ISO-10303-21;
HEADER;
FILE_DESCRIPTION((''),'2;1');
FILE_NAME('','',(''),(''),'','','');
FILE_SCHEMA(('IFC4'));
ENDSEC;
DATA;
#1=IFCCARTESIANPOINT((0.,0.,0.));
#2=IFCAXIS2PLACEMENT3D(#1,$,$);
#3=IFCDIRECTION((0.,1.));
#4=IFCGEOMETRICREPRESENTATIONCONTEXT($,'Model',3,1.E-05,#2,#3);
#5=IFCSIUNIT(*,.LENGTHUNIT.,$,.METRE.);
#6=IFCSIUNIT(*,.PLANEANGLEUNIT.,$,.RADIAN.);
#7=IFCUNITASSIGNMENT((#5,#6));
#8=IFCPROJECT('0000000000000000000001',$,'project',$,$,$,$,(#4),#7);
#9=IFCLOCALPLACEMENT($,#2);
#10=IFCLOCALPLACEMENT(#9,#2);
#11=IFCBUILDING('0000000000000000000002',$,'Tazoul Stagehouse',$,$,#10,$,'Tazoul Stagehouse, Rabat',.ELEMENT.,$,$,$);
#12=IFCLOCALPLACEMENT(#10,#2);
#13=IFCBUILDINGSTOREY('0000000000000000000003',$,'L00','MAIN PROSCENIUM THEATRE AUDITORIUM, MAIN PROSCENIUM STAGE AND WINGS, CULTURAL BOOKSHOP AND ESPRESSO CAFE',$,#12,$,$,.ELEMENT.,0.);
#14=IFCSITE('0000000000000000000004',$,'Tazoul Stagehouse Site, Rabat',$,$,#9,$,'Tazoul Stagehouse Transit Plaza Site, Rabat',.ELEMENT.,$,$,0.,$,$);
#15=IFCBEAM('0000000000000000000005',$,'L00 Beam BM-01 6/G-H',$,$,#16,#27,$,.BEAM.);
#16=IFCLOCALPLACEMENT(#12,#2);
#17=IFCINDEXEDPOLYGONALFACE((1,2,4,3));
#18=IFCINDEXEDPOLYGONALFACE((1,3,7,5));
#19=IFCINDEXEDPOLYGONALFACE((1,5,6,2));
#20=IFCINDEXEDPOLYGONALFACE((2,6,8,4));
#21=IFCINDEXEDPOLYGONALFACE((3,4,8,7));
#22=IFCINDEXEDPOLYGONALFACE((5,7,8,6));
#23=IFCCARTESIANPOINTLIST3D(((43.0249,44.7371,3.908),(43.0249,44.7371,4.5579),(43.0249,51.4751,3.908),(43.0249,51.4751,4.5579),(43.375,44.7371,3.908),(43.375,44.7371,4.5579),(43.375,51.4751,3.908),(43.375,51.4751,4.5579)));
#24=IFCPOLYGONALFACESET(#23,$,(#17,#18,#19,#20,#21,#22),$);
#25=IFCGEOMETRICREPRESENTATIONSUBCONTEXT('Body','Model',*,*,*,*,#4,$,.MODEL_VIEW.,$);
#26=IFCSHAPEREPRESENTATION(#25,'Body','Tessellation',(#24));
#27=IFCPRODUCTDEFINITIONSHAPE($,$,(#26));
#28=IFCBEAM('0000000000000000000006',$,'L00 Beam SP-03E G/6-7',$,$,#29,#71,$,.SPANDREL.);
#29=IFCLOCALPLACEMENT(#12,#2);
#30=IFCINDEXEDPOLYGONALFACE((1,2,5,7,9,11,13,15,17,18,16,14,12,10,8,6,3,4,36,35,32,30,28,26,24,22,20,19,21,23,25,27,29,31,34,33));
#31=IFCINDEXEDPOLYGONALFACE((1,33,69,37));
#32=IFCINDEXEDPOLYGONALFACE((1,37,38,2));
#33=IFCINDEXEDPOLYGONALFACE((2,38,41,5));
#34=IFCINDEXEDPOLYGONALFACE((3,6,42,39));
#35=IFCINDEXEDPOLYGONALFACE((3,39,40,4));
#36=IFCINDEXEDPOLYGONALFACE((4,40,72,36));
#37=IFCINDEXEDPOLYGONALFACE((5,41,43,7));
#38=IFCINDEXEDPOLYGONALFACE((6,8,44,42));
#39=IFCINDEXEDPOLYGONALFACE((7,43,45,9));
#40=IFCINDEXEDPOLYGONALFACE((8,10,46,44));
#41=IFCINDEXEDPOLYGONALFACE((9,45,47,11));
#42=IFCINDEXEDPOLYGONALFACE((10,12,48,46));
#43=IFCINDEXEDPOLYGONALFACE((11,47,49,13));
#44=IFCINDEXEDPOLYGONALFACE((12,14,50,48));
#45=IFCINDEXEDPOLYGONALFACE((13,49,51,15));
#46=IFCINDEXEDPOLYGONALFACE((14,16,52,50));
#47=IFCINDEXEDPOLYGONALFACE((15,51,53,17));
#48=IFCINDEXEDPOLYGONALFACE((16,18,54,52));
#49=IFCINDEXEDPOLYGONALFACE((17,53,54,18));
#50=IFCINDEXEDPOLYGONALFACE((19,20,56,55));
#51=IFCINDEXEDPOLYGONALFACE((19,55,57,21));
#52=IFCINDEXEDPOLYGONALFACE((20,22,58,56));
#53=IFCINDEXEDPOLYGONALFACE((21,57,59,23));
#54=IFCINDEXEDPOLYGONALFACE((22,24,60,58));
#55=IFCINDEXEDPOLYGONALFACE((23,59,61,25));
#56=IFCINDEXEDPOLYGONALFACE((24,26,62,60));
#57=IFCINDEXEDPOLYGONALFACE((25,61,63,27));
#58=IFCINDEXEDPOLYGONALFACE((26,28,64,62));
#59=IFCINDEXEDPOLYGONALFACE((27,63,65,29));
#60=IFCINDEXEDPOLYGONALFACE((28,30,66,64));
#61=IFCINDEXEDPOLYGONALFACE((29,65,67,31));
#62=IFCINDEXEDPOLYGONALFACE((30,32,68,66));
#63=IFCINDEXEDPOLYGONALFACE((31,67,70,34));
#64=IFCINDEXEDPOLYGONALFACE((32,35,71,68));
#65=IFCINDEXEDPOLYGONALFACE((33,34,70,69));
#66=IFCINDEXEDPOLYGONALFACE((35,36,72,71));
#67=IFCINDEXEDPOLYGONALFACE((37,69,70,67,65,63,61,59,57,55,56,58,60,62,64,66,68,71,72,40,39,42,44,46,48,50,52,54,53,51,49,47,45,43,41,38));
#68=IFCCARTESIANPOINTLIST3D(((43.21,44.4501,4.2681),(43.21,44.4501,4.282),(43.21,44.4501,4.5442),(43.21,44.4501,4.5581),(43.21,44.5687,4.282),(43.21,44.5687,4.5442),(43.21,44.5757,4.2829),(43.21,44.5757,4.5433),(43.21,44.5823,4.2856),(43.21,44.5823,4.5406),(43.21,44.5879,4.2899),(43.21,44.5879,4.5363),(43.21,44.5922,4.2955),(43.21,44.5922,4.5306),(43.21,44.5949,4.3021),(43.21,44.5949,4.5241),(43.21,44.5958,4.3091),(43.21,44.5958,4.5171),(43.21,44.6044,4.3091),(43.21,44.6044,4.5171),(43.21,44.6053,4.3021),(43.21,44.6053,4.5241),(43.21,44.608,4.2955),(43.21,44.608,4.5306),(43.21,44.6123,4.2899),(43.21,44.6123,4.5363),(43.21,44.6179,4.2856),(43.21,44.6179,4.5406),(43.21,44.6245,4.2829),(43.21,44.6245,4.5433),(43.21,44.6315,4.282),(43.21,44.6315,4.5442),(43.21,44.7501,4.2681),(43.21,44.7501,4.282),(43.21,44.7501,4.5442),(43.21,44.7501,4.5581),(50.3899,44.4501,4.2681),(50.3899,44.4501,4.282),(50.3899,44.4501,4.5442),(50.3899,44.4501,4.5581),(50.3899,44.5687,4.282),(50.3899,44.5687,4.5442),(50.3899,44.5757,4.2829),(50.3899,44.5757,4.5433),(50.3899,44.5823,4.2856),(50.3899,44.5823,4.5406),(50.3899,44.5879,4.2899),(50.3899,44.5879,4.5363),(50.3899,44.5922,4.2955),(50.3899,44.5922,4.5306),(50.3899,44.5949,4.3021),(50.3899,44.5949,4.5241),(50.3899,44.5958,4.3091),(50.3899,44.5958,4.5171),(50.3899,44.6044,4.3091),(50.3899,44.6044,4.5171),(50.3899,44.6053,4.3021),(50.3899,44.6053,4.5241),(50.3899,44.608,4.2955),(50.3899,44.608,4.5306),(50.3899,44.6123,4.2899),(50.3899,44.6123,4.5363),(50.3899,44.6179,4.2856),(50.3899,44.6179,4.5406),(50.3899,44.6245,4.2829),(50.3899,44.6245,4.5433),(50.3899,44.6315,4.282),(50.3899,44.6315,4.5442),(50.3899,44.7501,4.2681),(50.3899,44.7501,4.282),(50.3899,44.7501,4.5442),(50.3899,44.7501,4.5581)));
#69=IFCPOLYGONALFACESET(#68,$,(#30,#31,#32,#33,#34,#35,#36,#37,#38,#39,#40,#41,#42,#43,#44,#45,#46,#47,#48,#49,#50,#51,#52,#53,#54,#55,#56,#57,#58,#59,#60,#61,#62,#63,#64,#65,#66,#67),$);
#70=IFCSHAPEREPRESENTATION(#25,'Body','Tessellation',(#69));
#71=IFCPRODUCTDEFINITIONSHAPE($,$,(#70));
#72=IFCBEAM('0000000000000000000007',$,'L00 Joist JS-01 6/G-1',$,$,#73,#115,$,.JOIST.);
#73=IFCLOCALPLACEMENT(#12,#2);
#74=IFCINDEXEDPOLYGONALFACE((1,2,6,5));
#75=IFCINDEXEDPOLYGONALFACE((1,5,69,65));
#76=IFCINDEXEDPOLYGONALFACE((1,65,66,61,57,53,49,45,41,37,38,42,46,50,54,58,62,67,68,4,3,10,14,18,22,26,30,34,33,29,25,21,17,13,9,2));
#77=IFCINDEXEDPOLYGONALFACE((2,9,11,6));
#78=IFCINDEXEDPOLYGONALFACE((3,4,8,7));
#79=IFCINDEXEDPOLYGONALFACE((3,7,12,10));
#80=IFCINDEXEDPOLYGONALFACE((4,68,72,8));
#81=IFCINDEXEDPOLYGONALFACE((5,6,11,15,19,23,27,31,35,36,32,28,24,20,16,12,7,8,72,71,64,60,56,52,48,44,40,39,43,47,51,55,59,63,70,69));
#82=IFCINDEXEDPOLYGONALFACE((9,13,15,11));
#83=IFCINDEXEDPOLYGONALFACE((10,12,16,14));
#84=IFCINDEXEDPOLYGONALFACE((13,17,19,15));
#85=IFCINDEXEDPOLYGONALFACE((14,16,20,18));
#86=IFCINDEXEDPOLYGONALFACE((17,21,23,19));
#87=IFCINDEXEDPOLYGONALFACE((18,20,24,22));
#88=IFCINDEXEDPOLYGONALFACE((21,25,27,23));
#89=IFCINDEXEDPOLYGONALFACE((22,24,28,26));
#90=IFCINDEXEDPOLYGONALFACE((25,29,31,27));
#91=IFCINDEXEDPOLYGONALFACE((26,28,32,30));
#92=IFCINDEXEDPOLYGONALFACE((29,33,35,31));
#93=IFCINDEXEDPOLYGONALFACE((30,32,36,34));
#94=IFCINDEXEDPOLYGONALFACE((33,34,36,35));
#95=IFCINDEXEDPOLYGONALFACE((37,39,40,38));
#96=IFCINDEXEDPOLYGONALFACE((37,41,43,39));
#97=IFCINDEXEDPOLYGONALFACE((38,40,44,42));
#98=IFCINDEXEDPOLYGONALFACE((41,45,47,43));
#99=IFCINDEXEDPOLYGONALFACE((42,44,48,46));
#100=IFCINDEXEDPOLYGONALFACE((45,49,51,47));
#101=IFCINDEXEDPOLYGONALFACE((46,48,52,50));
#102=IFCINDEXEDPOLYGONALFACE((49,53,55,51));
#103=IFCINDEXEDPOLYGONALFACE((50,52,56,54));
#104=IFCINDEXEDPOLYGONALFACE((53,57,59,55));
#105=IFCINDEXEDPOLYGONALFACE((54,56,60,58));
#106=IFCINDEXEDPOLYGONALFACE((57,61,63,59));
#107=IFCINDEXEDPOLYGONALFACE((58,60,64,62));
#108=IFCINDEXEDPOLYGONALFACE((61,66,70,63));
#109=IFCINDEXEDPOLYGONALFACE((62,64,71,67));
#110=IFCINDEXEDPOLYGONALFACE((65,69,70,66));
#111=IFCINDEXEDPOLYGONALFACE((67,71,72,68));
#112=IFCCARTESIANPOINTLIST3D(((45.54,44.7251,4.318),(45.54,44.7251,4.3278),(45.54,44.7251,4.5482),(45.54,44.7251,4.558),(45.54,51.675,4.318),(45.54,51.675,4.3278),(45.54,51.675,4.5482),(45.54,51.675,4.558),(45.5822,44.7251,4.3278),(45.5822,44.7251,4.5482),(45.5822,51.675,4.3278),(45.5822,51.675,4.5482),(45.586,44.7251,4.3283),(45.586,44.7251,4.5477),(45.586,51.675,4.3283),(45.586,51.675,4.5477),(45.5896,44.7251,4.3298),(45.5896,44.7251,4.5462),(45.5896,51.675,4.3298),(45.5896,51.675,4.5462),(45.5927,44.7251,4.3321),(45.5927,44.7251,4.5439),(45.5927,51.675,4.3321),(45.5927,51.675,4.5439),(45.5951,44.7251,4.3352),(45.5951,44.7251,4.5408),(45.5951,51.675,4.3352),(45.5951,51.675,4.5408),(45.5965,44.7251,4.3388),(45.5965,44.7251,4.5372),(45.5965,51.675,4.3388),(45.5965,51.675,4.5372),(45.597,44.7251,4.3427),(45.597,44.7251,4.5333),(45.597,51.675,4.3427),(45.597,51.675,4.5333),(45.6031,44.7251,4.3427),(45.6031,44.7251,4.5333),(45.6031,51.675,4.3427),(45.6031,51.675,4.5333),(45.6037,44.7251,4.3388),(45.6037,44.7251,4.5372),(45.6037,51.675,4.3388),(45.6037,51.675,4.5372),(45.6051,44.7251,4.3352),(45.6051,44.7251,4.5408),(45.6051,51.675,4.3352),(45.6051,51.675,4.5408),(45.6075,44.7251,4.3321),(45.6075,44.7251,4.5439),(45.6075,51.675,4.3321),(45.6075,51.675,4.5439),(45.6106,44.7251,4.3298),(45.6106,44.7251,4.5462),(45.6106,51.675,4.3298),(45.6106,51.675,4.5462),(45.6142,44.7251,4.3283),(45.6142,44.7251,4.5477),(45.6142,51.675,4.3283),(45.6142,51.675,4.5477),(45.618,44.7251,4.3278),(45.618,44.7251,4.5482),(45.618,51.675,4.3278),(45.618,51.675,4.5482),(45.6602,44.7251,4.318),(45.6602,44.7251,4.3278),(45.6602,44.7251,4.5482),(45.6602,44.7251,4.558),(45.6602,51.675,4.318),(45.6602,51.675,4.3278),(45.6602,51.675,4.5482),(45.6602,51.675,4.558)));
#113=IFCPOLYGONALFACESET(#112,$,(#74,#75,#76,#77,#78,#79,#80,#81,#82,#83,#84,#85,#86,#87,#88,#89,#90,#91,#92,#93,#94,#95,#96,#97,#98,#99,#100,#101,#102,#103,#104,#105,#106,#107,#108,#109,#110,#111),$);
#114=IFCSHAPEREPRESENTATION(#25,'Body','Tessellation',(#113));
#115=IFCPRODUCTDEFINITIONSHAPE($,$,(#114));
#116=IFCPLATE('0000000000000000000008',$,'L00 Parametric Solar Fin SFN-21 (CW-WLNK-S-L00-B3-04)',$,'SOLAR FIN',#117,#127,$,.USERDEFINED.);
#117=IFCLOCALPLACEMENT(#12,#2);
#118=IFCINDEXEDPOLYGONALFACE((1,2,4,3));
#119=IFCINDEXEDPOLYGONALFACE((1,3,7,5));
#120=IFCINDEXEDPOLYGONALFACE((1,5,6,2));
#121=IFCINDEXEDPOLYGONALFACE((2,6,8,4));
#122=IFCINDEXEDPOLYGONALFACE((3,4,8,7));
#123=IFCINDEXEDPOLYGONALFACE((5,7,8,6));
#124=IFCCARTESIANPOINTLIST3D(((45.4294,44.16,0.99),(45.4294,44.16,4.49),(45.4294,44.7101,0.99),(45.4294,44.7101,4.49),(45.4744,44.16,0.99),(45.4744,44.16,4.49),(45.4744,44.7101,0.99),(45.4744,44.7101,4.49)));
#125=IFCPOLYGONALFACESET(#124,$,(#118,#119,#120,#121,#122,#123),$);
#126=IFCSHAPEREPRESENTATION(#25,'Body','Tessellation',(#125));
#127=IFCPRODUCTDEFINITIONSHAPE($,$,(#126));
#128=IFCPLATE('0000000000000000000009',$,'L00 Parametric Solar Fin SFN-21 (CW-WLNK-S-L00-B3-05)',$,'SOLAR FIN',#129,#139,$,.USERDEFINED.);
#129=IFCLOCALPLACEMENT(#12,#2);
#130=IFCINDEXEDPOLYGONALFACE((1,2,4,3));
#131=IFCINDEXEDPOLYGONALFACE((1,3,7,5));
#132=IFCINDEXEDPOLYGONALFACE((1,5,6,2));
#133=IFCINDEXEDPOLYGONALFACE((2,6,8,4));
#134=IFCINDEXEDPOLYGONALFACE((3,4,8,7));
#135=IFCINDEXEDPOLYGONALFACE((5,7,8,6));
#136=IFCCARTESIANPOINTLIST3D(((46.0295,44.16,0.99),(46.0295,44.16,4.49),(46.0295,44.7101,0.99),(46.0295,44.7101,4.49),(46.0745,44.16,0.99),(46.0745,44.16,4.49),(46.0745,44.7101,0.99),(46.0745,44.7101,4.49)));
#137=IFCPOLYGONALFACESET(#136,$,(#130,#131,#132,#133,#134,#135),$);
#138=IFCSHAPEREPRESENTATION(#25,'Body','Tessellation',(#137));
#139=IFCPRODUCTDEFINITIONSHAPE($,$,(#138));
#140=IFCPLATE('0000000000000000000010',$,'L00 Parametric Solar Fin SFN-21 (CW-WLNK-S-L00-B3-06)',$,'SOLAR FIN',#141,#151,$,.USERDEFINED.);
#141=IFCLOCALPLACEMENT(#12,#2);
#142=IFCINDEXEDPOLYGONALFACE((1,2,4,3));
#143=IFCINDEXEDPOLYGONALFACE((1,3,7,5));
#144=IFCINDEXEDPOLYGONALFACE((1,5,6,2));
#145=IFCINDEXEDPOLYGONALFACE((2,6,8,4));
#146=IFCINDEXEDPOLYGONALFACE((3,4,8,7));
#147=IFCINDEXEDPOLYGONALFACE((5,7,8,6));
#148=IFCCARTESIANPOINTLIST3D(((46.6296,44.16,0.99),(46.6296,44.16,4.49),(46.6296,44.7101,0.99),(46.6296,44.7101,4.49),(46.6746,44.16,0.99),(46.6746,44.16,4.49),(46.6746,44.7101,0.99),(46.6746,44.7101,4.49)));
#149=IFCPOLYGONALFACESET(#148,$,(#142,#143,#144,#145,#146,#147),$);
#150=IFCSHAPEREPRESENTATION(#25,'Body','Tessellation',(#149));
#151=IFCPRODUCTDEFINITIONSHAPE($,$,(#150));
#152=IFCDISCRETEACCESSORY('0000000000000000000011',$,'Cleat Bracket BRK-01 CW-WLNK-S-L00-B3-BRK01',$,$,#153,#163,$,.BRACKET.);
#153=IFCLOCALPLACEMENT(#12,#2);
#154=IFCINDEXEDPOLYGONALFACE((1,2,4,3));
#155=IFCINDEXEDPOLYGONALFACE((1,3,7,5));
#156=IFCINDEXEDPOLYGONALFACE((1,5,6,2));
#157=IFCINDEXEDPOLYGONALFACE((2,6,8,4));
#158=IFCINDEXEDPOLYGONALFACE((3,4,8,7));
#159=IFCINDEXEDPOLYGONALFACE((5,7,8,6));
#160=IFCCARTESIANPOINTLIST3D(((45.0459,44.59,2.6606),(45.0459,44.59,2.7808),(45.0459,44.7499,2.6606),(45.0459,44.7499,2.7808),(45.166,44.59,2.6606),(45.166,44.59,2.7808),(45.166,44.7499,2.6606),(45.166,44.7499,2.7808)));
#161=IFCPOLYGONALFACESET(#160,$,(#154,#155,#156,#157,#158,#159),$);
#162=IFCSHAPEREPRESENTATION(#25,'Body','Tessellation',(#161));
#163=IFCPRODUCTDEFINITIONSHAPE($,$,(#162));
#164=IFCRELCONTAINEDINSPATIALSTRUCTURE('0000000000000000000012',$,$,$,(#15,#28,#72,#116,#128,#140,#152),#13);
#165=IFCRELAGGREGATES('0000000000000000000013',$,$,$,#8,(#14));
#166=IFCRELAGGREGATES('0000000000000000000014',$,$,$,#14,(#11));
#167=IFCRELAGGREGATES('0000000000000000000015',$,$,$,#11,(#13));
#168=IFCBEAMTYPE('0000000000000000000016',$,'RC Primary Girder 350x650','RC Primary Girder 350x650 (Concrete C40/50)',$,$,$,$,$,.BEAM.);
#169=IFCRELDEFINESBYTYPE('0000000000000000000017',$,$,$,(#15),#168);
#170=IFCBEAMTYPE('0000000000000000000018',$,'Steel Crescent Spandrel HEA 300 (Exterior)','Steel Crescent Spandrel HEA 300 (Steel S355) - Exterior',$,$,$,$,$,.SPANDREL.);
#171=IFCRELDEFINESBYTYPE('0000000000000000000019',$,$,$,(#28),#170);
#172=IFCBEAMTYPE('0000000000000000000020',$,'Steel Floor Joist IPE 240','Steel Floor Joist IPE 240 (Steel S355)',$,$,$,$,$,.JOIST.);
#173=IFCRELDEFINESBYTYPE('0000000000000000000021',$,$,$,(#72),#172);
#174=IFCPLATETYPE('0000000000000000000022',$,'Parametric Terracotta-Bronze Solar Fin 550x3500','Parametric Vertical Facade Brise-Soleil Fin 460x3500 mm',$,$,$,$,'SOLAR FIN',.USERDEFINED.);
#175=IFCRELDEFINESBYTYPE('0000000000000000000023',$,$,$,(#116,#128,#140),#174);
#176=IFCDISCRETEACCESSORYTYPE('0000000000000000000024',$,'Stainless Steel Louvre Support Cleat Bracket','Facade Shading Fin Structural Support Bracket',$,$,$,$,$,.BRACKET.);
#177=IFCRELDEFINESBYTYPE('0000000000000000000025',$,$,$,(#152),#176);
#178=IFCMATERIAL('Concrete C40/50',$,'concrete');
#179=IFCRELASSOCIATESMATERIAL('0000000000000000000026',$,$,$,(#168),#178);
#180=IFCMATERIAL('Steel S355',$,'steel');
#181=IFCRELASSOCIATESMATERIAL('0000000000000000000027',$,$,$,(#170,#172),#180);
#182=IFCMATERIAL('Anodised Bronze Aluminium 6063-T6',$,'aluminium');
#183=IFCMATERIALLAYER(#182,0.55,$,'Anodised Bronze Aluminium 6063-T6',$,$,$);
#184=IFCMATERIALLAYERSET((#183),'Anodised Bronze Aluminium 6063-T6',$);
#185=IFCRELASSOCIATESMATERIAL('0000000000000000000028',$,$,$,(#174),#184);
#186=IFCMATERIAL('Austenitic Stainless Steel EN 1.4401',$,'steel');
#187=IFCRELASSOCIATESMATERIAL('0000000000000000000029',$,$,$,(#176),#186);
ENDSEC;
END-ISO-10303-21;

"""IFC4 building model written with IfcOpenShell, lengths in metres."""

from ifc_helpers import new_model, si_unit, direction, frame, origin, origin_2d, place, context, subcontext, project, spatial, rectangle, i_section, extrude, material, layer, layer_set, material_profile, profile_set, type_object, element, save


model = new_model("IFC4")

# Units and contexts
model_context = context("Model", 3, precision=1e-05, world=origin(), true_north=direction((0.0, 1.0)))
body_context = subcontext(model_context, "Body", "Model", "MODEL_VIEW")
ifc_project = project(units=[si_unit("LENGTHUNIT", "METRE"), si_unit("PLANEANGLEUNIT", "RADIAN")], contexts=[model_context])

# Site, building, storey
site_placement = place(None, origin())
site = spatial("IfcSite", under=ifc_project, at=site_placement, Name="Tazoul Stagehouse Site, Rabat", LongName="Tazoul Stagehouse Transit Plaza Site, Rabat", CompositionType="ELEMENT", RefElevation=0.0)
building_placement = place(site_placement, origin())
building = spatial("IfcBuilding", under=site, at=building_placement, Name="Tazoul Stagehouse", LongName="Tazoul Stagehouse, Rabat", CompositionType="ELEMENT")
storey_placement = place(building_placement, origin())
storey = spatial("IfcBuildingStorey", under=building, at=storey_placement, Name="L00", Description="MAIN PROSCENIUM THEATRE AUDITORIUM, MAIN PROSCENIUM STAGE AND WINGS, CULTURAL BOOKSHOP AND ESPRESSO CAFE", CompositionType="ELEMENT", Elevation=0.0)

# Beams
ifc_material_1 = material(Name="Concrete C40/50", Category="concrete")
ifc_material_profile_1 = material_profile(ifc_material_1, rectangle(XDim=0.3501, YDim=0.6499, at=origin_2d()), Name="RC 350x650")
ifc_profile_set_1 = profile_set([ifc_material_profile_1], Name="Concrete C40/50")
beam_type_1 = type_object("IfcBeamType", Name="RC Primary Girder 350x650", Description="RC Primary Girder 350x650 (Concrete C40/50)", PredefinedType="BEAM", material=ifc_profile_set_1)
beam_1_placement = place(storey_placement, frame((43.2, 44.7371, 4.2329), z_axis=(0.0, 1.0, 0.0), x_axis=(-1.0, 0.0, 0.0)))
element("IfcBeam", 1, at=beam_1_placement, inside=storey, type_object=beam_type_1, Name="L00 Beam BM-01 6/G-H", PredefinedType="BEAM", context=body_context, shape_type="SweptSolid", body=[
    extrude(rectangle(XDim=0.3501, YDim=0.6499, at=origin_2d()), origin(), (0.0, 0.0, 1.0), 6.738),
])
ifc_material_2 = material(Name="Steel S355", Category="steel")
ifc_material_profile_2 = material_profile(ifc_material_2, i_section(OverallWidth=0.3, OverallDepth=0.29, WebThickness=0.0085, FlangeThickness=0.0139, FilletRadius=0.0271, at=origin_2d()), Name="HEA 300")
ifc_profile_set_2 = profile_set([ifc_material_profile_2], Name="Steel S355")
beam_type_2 = type_object("IfcBeamType", Name="Steel Crescent Spandrel HEA 300 (Exterior)", Description="Steel Crescent Spandrel HEA 300 (Steel S355) - Exterior", PredefinedType="SPANDREL", material=ifc_profile_set_2)
beam_2_placement = place(storey_placement, frame((43.21, 44.6001, 4.4131), z_axis=(1.0, 0.0, 0.0), x_axis=(0.0, 1.0, 0.0)))
element("IfcBeam", 2, at=beam_2_placement, inside=storey, type_object=beam_type_2, Name="L00 Beam SP-03E G/6-7", PredefinedType="SPANDREL", context=body_context, shape_type="SweptSolid", body=[
    extrude(i_section(OverallWidth=0.3, OverallDepth=0.29, WebThickness=0.0085, FlangeThickness=0.0139, FilletRadius=0.0271, at=origin_2d()), origin(), (0.0, 0.0, 1.0), 7.1799),
])
ifc_material_profile_3 = material_profile(ifc_material_2, i_section(OverallWidth=0.1201, OverallDepth=0.24, WebThickness=0.0061, FlangeThickness=0.0098, FilletRadius=0.0149, at=origin_2d()), Name="IPE 240")
ifc_profile_set_3 = profile_set([ifc_material_profile_3], Name="Steel S355")
beam_type_3 = type_object("IfcBeamType", Name="Steel Floor Joist IPE 240", Description="Steel Floor Joist IPE 240 (Steel S355)", PredefinedType="JOIST", material=ifc_profile_set_3)
beam_3_placement = place(storey_placement, frame((45.6001, 44.7251, 4.438), z_axis=(0.0, 1.0, 0.0), x_axis=(-1.0, 0.0, 0.0)))
element("IfcBeam", 3, at=beam_3_placement, inside=storey, type_object=beam_type_3, Name="L00 Joist JS-01 6/G-1", PredefinedType="JOIST", context=body_context, shape_type="SweptSolid", body=[
    extrude(i_section(OverallWidth=0.1201, OverallDepth=0.24, WebThickness=0.0061, FlangeThickness=0.0098, FilletRadius=0.0149, at=origin_2d()), origin(), (0.0, 0.0, 1.0), 6.95),
])

# Plates
ifc_material_3 = material(Name="Anodised Bronze Aluminium 6063-T6", Category="aluminium")
ifc_layer = layer(ifc_material_3, 0.55, Name="Anodised Bronze Aluminium 6063-T6")
ifc_layer_set = layer_set([ifc_layer], Name="Anodised Bronze Aluminium 6063-T6")
plate_type = type_object("IfcPlateType", Name="Parametric Terracotta-Bronze Solar Fin 550x3500", Description="Parametric Vertical Facade Brise-Soleil Fin 460x3500 mm", ElementType="SOLAR FIN", PredefinedType="USERDEFINED", material=ifc_layer_set)
for number, where, z_axis, x_axis, name in (
    (4, (45.4519, 44.4351, 0.99), (0.0, 0.0, 1.0), (1.0, 0.0, 0.0), "L00 Parametric Solar Fin SFN-21 (CW-WLNK-S-L00-B3-04)"),
    (5, (46.052, 44.4351, 0.99), (0.0, 0.0, 1.0), (1.0, 0.0, 0.0), "L00 Parametric Solar Fin SFN-21 (CW-WLNK-S-L00-B3-05)"),
    (6, (46.6521, 44.4351, 0.99), (0.0, 0.0, 1.0), (1.0, 0.0, 0.0), "L00 Parametric Solar Fin SFN-21 (CW-WLNK-S-L00-B3-06)"),
):
    element("IfcPlate", number, at=place(storey_placement, frame(where, z_axis=z_axis, x_axis=x_axis)), inside=storey, type_object=plate_type, Name=name, ObjectType="SOLAR FIN", PredefinedType="USERDEFINED", context=body_context, shape_type="SweptSolid", body=[
        extrude(rectangle(XDim=0.0449, YDim=0.55, at=origin_2d()), origin(), (0.0, 0.0, 1.0), 3.5),
    ])

# Discrete accessory
ifc_material_4 = material(Name="Austenitic Stainless Steel EN 1.4401", Category="steel")
discrete_accessory_type = type_object("IfcDiscreteAccessoryType", Name="Stainless Steel Louvre Support Cleat Bracket", Description="Facade Shading Fin Structural Support Bracket", PredefinedType="BRACKET", material=ifc_material_4)
discrete_accessory_placement = place(storey_placement, frame((45.106, 44.6699, 2.6606), z_axis=(0.0, 0.0, 1.0), x_axis=(1.0, 0.0, 0.0)))
element("IfcDiscreteAccessory", 7, at=discrete_accessory_placement, inside=storey, type_object=discrete_accessory_type, Name="Cleat Bracket BRK-01 CW-WLNK-S-L00-B3-BRK01", PredefinedType="BRACKET", context=body_context, shape_type="SweptSolid", body=[
    extrude(rectangle(XDim=0.1201, YDim=0.1599, at=origin_2d()), origin(), (0.0, 0.0, 1.0), 0.1201),
])

save(model, "model.ifc")
